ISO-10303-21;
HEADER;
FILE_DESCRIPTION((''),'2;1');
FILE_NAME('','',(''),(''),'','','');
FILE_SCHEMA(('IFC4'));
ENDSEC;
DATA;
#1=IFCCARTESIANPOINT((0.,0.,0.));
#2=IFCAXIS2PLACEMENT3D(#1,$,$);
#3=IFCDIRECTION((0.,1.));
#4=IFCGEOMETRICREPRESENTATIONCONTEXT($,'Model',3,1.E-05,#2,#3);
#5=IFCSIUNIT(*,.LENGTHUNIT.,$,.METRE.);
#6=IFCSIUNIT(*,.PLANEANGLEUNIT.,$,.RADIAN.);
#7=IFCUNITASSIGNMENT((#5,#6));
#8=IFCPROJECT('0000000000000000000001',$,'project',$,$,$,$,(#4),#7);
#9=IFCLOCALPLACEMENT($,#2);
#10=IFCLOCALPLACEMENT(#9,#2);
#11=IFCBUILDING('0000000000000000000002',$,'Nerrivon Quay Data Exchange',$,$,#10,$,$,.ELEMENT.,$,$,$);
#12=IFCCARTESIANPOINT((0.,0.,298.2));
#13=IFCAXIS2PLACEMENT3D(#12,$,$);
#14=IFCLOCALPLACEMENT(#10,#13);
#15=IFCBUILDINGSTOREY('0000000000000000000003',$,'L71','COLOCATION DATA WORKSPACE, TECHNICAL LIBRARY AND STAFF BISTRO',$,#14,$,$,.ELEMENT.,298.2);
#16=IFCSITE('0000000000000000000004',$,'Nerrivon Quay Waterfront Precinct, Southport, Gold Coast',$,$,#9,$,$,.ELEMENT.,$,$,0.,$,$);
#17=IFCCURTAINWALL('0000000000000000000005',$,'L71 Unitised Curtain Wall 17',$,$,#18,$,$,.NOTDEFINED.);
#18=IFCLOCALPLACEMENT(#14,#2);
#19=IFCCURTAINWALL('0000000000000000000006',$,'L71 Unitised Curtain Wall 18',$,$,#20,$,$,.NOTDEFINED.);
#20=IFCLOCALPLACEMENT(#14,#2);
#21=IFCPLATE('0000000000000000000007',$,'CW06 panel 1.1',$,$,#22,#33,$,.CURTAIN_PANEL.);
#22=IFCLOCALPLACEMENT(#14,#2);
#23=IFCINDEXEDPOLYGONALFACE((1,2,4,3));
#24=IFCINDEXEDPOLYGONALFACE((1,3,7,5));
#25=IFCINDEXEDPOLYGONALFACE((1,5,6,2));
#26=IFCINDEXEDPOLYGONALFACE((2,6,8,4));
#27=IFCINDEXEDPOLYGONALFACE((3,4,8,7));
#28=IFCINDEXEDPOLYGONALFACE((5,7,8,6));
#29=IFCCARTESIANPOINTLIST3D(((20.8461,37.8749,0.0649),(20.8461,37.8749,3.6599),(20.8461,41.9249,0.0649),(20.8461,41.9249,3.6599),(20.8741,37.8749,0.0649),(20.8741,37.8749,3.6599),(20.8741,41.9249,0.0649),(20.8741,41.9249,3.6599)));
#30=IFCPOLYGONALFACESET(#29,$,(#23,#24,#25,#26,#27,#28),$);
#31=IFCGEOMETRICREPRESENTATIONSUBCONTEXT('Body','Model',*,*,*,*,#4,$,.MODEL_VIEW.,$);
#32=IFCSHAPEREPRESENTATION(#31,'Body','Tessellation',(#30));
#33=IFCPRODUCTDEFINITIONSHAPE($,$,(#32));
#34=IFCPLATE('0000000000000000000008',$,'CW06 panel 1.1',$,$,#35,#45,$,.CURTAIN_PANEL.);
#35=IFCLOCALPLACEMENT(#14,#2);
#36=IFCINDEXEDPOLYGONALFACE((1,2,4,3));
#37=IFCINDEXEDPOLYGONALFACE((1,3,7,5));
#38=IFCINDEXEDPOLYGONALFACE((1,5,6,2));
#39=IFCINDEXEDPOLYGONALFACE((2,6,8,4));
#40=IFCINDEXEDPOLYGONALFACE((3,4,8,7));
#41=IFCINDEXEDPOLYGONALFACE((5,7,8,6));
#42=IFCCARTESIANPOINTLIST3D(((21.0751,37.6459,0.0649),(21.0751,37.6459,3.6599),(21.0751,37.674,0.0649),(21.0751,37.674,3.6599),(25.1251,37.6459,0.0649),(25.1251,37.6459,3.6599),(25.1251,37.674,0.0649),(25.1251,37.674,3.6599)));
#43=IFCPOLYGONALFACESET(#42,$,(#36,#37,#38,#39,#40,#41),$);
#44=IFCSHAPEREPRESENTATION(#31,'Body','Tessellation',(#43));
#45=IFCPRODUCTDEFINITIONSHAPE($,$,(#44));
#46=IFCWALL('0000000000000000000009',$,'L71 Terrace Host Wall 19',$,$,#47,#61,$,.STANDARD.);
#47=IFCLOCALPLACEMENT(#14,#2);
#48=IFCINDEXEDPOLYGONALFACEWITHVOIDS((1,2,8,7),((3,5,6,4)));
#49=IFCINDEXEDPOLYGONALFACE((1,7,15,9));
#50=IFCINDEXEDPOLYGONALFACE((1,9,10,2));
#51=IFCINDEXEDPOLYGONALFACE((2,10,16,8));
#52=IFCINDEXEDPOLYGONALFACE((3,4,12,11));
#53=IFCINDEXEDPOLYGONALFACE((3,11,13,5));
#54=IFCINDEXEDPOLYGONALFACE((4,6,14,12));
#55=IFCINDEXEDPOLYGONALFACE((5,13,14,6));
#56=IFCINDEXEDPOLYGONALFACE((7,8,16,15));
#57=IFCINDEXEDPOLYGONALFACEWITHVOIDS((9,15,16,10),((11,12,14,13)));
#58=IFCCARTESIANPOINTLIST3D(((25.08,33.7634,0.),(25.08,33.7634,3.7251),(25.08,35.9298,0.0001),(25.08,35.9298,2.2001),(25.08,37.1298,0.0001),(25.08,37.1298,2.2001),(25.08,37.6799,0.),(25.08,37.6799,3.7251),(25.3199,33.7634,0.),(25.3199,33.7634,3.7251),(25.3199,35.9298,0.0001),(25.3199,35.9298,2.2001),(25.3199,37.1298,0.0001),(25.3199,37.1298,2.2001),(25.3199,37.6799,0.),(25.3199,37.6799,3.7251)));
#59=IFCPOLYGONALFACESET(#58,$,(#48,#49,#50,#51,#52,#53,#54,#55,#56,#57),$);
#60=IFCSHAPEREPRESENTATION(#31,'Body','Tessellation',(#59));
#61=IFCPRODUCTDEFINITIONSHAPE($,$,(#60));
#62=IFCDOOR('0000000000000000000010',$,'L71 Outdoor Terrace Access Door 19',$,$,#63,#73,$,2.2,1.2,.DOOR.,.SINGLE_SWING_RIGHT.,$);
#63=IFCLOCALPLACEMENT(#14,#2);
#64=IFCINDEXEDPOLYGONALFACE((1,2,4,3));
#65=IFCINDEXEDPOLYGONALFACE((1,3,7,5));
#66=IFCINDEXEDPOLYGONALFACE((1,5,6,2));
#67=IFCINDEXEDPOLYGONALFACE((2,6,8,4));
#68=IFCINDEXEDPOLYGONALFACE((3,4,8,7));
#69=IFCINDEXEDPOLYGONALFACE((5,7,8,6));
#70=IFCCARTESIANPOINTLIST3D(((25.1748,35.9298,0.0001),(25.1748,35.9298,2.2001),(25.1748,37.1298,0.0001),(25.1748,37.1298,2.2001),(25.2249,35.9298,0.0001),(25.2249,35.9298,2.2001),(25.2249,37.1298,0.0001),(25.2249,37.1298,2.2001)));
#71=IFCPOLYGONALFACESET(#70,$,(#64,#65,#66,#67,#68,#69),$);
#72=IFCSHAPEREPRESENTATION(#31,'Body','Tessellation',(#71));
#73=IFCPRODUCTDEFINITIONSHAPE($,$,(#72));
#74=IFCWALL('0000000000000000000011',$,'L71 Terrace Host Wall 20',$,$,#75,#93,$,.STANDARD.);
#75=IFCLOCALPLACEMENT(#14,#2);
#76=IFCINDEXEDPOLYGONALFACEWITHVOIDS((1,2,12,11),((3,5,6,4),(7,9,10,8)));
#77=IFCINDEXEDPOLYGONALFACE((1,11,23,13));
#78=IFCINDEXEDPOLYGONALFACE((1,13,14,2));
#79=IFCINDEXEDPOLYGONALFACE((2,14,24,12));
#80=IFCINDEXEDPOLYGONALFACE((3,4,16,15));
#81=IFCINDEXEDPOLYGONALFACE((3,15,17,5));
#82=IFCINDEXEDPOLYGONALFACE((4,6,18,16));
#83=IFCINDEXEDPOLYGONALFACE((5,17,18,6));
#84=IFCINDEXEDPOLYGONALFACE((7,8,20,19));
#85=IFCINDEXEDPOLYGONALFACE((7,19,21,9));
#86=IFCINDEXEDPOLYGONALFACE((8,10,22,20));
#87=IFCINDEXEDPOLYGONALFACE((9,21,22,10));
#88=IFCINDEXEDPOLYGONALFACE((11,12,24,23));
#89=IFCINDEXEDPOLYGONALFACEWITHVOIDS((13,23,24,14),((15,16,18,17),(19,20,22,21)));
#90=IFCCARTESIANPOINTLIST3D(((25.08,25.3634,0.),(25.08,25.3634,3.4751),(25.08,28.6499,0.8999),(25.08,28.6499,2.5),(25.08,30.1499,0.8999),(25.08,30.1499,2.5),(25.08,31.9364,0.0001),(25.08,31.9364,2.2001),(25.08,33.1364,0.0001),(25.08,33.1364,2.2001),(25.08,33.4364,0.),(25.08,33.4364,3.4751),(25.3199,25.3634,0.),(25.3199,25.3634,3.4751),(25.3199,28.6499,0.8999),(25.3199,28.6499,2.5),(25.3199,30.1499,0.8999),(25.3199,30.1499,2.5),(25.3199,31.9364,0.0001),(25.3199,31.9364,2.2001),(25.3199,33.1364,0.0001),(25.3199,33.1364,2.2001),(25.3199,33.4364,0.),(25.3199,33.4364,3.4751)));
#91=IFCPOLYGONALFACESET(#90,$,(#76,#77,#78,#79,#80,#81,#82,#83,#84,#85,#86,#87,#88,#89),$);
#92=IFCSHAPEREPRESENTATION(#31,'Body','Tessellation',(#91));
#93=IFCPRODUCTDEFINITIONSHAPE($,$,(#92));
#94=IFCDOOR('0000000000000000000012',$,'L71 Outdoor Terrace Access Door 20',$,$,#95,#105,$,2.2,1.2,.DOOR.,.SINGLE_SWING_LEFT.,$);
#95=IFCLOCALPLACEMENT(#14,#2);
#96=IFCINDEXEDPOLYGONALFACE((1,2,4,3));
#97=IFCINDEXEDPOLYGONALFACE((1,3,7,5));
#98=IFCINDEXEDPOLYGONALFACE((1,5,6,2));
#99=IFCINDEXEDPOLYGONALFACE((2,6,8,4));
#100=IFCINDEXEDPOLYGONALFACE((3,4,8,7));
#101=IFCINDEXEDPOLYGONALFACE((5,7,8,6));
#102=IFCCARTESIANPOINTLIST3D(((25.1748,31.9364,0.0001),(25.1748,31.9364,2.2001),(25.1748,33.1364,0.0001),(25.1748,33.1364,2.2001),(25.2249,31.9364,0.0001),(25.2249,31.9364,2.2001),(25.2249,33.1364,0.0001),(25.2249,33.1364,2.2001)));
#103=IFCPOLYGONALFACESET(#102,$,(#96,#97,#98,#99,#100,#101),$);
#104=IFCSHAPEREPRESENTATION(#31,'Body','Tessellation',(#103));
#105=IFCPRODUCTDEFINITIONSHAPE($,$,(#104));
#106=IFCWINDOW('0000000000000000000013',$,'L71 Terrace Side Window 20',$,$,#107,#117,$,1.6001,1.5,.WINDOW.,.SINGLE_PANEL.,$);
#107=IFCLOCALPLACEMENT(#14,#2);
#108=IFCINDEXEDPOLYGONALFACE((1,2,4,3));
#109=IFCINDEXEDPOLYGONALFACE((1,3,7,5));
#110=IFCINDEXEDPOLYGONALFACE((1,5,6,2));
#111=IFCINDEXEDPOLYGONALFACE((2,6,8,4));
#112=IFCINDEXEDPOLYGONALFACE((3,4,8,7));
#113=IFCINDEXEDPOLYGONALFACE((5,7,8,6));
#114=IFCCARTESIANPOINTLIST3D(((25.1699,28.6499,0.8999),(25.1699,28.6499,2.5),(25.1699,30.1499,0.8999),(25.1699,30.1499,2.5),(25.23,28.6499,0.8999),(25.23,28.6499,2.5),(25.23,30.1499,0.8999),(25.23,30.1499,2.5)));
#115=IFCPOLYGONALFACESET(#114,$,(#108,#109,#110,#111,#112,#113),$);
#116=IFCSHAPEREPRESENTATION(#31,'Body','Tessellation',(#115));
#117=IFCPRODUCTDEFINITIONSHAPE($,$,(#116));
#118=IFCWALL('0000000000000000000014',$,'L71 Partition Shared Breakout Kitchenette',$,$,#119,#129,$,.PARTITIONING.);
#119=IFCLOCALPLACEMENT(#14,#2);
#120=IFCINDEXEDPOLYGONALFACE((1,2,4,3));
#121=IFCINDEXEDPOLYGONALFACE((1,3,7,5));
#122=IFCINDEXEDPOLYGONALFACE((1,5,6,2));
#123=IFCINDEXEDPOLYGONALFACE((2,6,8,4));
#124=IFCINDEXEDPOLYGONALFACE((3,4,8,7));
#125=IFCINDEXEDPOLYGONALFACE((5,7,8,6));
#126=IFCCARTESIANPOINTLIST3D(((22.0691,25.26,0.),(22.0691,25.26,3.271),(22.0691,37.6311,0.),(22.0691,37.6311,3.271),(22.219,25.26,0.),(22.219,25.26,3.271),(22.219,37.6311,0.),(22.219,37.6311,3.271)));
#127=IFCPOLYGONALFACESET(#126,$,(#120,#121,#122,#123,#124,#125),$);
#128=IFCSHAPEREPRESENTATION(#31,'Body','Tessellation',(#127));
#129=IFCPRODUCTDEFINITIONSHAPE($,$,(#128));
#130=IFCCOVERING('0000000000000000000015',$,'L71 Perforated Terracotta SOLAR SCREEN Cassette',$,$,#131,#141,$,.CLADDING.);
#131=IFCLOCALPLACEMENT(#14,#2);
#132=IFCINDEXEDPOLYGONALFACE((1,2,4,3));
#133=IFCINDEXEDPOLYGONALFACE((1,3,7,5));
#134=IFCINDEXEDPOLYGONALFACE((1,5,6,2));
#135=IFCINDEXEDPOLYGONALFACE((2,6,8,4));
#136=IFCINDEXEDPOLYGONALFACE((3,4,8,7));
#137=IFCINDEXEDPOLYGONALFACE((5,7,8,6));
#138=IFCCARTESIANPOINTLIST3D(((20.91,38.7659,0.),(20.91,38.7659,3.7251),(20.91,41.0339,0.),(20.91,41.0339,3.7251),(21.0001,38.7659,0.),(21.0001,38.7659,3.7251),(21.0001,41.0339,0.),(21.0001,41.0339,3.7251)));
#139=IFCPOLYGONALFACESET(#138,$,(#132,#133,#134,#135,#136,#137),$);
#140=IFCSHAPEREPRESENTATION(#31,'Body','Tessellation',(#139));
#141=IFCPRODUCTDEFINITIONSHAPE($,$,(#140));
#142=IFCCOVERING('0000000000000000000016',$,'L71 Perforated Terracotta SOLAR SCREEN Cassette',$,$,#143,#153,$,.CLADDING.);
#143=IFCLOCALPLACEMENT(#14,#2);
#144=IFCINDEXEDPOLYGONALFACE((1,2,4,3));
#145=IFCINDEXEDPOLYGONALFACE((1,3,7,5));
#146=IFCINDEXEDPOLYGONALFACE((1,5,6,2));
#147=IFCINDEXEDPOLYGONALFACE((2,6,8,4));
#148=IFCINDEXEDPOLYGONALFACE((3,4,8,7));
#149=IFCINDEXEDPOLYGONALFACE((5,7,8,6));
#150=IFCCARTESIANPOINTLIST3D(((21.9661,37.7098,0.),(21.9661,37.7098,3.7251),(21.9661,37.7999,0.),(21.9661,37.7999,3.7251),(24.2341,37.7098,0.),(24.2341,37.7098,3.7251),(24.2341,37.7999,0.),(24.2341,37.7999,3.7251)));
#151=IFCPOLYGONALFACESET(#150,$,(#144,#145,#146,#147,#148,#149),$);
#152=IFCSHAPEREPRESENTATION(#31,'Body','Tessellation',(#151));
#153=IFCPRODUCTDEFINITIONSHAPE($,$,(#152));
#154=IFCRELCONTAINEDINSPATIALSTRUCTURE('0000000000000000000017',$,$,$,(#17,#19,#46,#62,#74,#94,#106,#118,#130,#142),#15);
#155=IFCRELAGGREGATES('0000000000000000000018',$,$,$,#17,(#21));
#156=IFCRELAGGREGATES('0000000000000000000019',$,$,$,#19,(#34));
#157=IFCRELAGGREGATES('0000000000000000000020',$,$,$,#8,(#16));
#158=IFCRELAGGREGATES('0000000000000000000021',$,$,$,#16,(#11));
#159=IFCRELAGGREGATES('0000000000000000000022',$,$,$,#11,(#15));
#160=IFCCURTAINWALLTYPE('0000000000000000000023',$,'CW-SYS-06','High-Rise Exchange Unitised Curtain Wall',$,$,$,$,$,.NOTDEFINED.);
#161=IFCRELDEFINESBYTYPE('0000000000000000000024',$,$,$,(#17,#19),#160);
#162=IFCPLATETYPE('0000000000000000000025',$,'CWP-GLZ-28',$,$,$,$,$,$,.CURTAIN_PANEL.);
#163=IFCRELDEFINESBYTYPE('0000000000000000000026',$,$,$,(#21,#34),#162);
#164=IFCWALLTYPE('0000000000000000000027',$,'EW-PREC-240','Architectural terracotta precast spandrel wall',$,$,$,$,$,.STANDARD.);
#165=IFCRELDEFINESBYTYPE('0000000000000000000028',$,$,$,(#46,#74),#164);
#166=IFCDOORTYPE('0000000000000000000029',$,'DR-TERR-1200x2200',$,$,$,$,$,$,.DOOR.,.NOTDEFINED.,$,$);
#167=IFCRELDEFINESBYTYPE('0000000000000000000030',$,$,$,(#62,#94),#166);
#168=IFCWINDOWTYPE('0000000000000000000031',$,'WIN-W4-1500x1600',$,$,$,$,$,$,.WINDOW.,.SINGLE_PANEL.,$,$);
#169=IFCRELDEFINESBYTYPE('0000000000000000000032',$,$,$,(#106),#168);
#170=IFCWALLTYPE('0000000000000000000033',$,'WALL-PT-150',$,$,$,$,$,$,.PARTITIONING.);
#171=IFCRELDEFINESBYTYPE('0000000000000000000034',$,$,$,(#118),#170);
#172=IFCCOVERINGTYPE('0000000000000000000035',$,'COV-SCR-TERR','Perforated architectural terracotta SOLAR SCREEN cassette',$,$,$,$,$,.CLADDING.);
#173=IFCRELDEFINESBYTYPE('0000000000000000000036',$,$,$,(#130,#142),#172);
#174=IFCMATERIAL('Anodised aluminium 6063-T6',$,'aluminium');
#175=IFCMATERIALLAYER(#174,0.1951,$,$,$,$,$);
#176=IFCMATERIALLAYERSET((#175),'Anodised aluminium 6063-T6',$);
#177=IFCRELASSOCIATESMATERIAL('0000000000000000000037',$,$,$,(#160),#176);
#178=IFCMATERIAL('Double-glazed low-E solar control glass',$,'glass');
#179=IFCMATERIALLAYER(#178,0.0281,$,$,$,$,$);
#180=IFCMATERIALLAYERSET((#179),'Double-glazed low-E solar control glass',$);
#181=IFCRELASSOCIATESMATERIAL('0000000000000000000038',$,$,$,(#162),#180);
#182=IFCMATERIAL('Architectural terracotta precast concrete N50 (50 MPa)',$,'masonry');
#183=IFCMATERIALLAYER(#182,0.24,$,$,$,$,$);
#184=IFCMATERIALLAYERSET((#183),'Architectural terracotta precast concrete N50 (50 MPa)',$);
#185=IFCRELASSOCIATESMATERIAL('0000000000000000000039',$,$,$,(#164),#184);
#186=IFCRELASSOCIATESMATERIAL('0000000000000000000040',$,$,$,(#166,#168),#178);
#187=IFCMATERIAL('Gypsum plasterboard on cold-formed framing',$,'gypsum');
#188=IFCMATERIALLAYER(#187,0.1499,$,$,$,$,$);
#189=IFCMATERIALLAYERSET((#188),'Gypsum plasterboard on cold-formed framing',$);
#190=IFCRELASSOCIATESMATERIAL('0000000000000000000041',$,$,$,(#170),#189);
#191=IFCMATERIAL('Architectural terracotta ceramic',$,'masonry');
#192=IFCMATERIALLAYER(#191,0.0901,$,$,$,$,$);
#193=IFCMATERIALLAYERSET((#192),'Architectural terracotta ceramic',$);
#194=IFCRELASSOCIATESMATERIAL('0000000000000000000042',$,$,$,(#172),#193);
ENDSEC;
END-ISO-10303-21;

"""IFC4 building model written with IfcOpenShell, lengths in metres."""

from ifc_helpers import new_model, si_unit, direction, frame, frame_2d, origin, origin_2d, place, context, subcontext, project, spatial, rectangle, extrude, material, layer, layer_set, type_object, element, fill, aggregate, save


model = new_model("IFC4")

# Units and contexts
model_context = context("Model", 3, precision=1e-05, world=origin(), true_north=direction((0.0, 1.0)))
body_context = subcontext(model_context, "Body", "Model", "MODEL_VIEW")
ifc_project = project(units=[si_unit("LENGTHUNIT", "METRE"), si_unit("PLANEANGLEUNIT", "RADIAN")], contexts=[model_context])

# Site, building, storey
site_placement = place(None, origin())
site = spatial("IfcSite", under=ifc_project, at=site_placement, Name="Nerrivon Quay Waterfront Precinct, Southport, Gold Coast", CompositionType="ELEMENT", RefElevation=0.0)
building_placement = place(site_placement, origin())
building = spatial("IfcBuilding", under=site, at=building_placement, Name="Nerrivon Quay Data Exchange", CompositionType="ELEMENT")
storey_placement = place(building_placement, frame((0.0, 0.0, 298.2)))
storey = spatial("IfcBuildingStorey", under=building, at=storey_placement, Name="L71", Description="COLOCATION DATA WORKSPACE, TECHNICAL LIBRARY AND STAFF BISTRO", CompositionType="ELEMENT", Elevation=298.2)

# Curtain wall
ifc_material_1 = material(Name="Anodised aluminium 6063-T6", Category="aluminium")
ifc_layer_1 = layer(ifc_material_1, 0.1951)
ifc_layer_set_1 = layer_set([ifc_layer_1], Name="Anodised aluminium 6063-T6")
curtain_wall_type = type_object("IfcCurtainWallType", Name="CW-SYS-06", Description="High-Rise Exchange Unitised Curtain Wall", PredefinedType="NOTDEFINED", material=ifc_layer_set_1)
curtain_wall_1_placement = place(storey_placement, origin())
curtain_wall_1 = element("IfcCurtainWall", 1, at=curtain_wall_1_placement, inside=storey, type_object=curtain_wall_type, Name="L71 Unitised Curtain Wall 17", PredefinedType="NOTDEFINED")

# Curtain wall
curtain_wall_2_placement = place(storey_placement, origin())
curtain_wall_2 = element("IfcCurtainWall", 2, at=curtain_wall_2_placement, inside=storey, type_object=curtain_wall_type, Name="L71 Unitised Curtain Wall 18", PredefinedType="NOTDEFINED")

# Plates
ifc_material_2 = material(Name="Double-glazed low-E solar control glass", Category="glass")
ifc_layer_2 = layer(ifc_material_2, 0.0281)
ifc_layer_set_2 = layer_set([ifc_layer_2], Name="Double-glazed low-E solar control glass")
plate_type = type_object("IfcPlateType", Name="CWP-GLZ-28", PredefinedType="CURTAIN_PANEL", material=ifc_layer_set_2)
plate_1_placement = place(storey_placement, frame((20.8601, 39.8999, 0.0649), z_axis=(0.0, 0.0, 1.0), x_axis=(0.0, -1.0, 0.0)))
plate_1 = element("IfcPlate", 3, at=plate_1_placement, type_object=plate_type, Name="CW06 panel 1.1", PredefinedType="CURTAIN_PANEL", context=body_context, shape_type="SweptSolid", body=[
    extrude(rectangle(XDim=4.05, YDim=0.0281, at=origin_2d()), origin(), (0.0, 0.0, 1.0), 3.595),
])
aggregate(curtain_wall_1, [plate_1])
plate_2_placement = place(storey_placement, frame((23.1001, 37.6599, 0.0649), z_axis=(0.0, 0.0, 1.0), x_axis=(1.0, 0.0, 0.0)))
plate_2 = element("IfcPlate", 4, at=plate_2_placement, type_object=plate_type, Name="CW06 panel 1.1", PredefinedType="CURTAIN_PANEL", context=body_context, shape_type="SweptSolid", body=[
    extrude(rectangle(XDim=4.05, YDim=0.0281, at=origin_2d()), origin(), (0.0, 0.0, 1.0), 3.595),
])
aggregate(curtain_wall_2, [plate_2])

# Wall, opening, door
ifc_material_3 = material(Name="Architectural terracotta precast concrete N50 (50 MPa)", Category="masonry")
ifc_layer_3 = layer(ifc_material_3, 0.24)
ifc_layer_set_3 = layer_set([ifc_layer_3], Name="Architectural terracotta precast concrete N50 (50 MPa)")
wall_type_1 = type_object("IfcWallType", Name="EW-PREC-240", Description="Architectural terracotta precast spandrel wall", PredefinedType="STANDARD", material=ifc_layer_set_3)
wall_1_placement = place(storey_placement, frame((25.2, 37.6799, 0.0), z_axis=(0.0, 0.0, 1.0), x_axis=(0.0, -1.0, 0.0)))
wall_1 = element("IfcWall", 5, at=wall_1_placement, inside=storey, type_object=wall_type_1, Name="L71 Terrace Host Wall 19", PredefinedType="STANDARD", context=body_context, shape_type="SweptSolid", body=[
    extrude(rectangle(XDim=3.9165, YDim=0.24, at=frame_2d((1.9583, 0.0))), origin(), (0.0, 0.0, 1.0), 3.7251),
])
opening_1_placement = place(wall_1_placement, frame((0.55, 0.0, 0.0)))
opening_1 = element("IfcOpeningElement", 6, at=opening_1_placement, cuts=wall_1, PredefinedType="OPENING", context=body_context, shape_type="SweptSolid", body=[
    extrude(rectangle(XDim=1.2, YDim=2.2, at=frame_2d((0.6001, 1.1001))), frame((0.0, 0.1299, 0.0), z_axis=(0.0, -1.0, 0.0), x_axis=(1.0, 0.0, 0.0)), (0.0, 0.0, 1.0), 0.26),
])
door_type = type_object("IfcDoorType", Name="DR-TERR-1200x2200", OperationType="NOTDEFINED", PredefinedType="DOOR", material=ifc_material_2)
door_1_placement = place(opening_1_placement, origin())
door_1 = element("IfcDoor", 7, at=door_1_placement, inside=storey, type_object=door_type, Name="L71 Outdoor Terrace Access Door 19", OperationType="SINGLE_SWING_RIGHT", OverallHeight=2.2, OverallWidth=1.2, PredefinedType="DOOR", context=body_context, shape_type="SweptSolid", body=[
    extrude(rectangle(XDim=1.2, YDim=2.2, at=frame_2d((0.6001, 1.1001))), frame((0.0, 0.0249, 0.0), z_axis=(0.0, -1.0, 0.0), x_axis=(1.0, 0.0, 0.0)), (0.0, 0.0, 1.0), 0.05),
])
fill(opening_1, door_1)

# Wall, openings, door, window
wall_2_placement = place(storey_placement, frame((25.2, 33.4365, 0.0), z_axis=(0.0, 0.0, 1.0), x_axis=(0.0, -1.0, 0.0)))
wall_2 = element("IfcWall", 8, at=wall_2_placement, inside=storey, type_object=wall_type_1, Name="L71 Terrace Host Wall 20", PredefinedType="STANDARD", context=body_context, shape_type="SweptSolid", body=[
    extrude(rectangle(XDim=8.073, YDim=0.24, at=frame_2d((4.0366, 0.0))), origin(), (0.0, 0.0, 1.0), 3.4751),
])
opening_2_placement = place(wall_2_placement, frame((0.3, 0.0, 0.0)))
opening_2 = element("IfcOpeningElement", 9, at=opening_2_placement, cuts=wall_2, PredefinedType="OPENING", context=body_context, shape_type="SweptSolid", body=[
    extrude(rectangle(XDim=1.2, YDim=2.2, at=frame_2d((0.6001, 1.1001))), frame((0.0, 0.1299, 0.0), z_axis=(0.0, -1.0, 0.0), x_axis=(1.0, 0.0, 0.0)), (0.0, 0.0, 1.0), 0.26),
])
opening_3_placement = place(wall_2_placement, frame((3.2866, 0.0, 0.8999)))
opening_3 = element("IfcOpeningElement", 10, at=opening_3_placement, cuts=wall_2, PredefinedType="OPENING", context=body_context, shape_type="SweptSolid", body=[
    extrude(rectangle(XDim=1.5, YDim=1.6001, at=frame_2d((0.75, 0.8))), frame((0.0, 0.1299, 0.0), z_axis=(0.0, -1.0, 0.0), x_axis=(1.0, 0.0, 0.0)), (0.0, 0.0, 1.0), 0.26),
])
door_2_placement = place(opening_2_placement, origin())
door_2 = element("IfcDoor", 11, at=door_2_placement, inside=storey, type_object=door_type, Name="L71 Outdoor Terrace Access Door 20", OperationType="SINGLE_SWING_LEFT", OverallHeight=2.2, OverallWidth=1.2, PredefinedType="DOOR", context=body_context, shape_type="SweptSolid", body=[
    extrude(rectangle(XDim=1.2, YDim=2.2, at=frame_2d((0.6001, 1.1001))), frame((0.0, 0.0249, 0.0), z_axis=(0.0, -1.0, 0.0), x_axis=(1.0, 0.0, 0.0)), (0.0, 0.0, 1.0), 0.05),
])
fill(opening_2, door_2)
window_type = type_object("IfcWindowType", Name="WIN-W4-1500x1600", PartitioningType="SINGLE_PANEL", PredefinedType="WINDOW", material=ifc_material_2)
window_placement = place(opening_3_placement, origin())
window = element("IfcWindow", 12, at=window_placement, inside=storey, type_object=window_type, Name="L71 Terrace Side Window 20", OverallHeight=1.6001, OverallWidth=1.5, PartitioningType="SINGLE_PANEL", PredefinedType="WINDOW", context=body_context, shape_type="SweptSolid", body=[
    extrude(rectangle(XDim=1.5, YDim=1.6001, at=frame_2d((0.75, 0.8))), frame((0.0, 0.03, 0.0), z_axis=(0.0, -1.0, 0.0), x_axis=(1.0, 0.0, 0.0)), (0.0, 0.0, 1.0), 0.0601),
])
fill(opening_3, window)

# Wall
ifc_material_4 = material(Name="Gypsum plasterboard on cold-formed framing", Category="gypsum")
ifc_layer_4 = layer(ifc_material_4, 0.1499)
ifc_layer_set_4 = layer_set([ifc_layer_4], Name="Gypsum plasterboard on cold-formed framing")
wall_type_2 = type_object("IfcWallType", Name="WALL-PT-150", PredefinedType="PARTITIONING", material=ifc_layer_set_4)
wall_3_placement = place(storey_placement, frame((22.144, 37.6311, 0.0), z_axis=(0.0, 0.0, 1.0), x_axis=(0.0, -1.0, 0.0)))
element("IfcWall", 13, at=wall_3_placement, inside=storey, type_object=wall_type_2, Name="L71 Partition Shared Breakout Kitchenette", PredefinedType="PARTITIONING", context=body_context, shape_type="SweptSolid", body=[
    extrude(rectangle(XDim=12.3711, YDim=0.1499, at=frame_2d((6.1855, 0.0))), origin(), (0.0, 0.0, 1.0), 3.271),
])

# Coverings
ifc_material_5 = material(Name="Architectural terracotta ceramic", Category="masonry")
ifc_layer_5 = layer(ifc_material_5, 0.0901)
ifc_layer_set_5 = layer_set([ifc_layer_5], Name="Architectural terracotta ceramic")
covering_type = type_object("IfcCoveringType", Name="COV-SCR-TERR", Description="Perforated architectural terracotta SOLAR SCREEN cassette", PredefinedType="CLADDING", material=ifc_layer_set_5)
for number, where, z_axis, x_axis, name in (
    (14, (20.9551, 39.8999, 0.0), (0.0, 0.0, 1.0), (0.0, -1.0, 0.0), "L71 Perforated Terracotta SOLAR SCREEN Cassette"),
    (15, (23.1001, 37.7549, 0.0), (0.0, 0.0, 1.0), (1.0, 0.0, 0.0), "L71 Perforated Terracotta SOLAR SCREEN Cassette"),
):
    element("IfcCovering", number, at=place(storey_placement, frame(where, z_axis=z_axis, x_axis=x_axis)), inside=storey, type_object=covering_type, Name=name, PredefinedType="CLADDING", context=body_context, shape_type="SweptSolid", body=[
        extrude(rectangle(XDim=2.2681, YDim=0.0901, at=origin_2d()), origin(), (0.0, 0.0, 1.0), 3.7251),
    ])

save(model, "model.ifc")
